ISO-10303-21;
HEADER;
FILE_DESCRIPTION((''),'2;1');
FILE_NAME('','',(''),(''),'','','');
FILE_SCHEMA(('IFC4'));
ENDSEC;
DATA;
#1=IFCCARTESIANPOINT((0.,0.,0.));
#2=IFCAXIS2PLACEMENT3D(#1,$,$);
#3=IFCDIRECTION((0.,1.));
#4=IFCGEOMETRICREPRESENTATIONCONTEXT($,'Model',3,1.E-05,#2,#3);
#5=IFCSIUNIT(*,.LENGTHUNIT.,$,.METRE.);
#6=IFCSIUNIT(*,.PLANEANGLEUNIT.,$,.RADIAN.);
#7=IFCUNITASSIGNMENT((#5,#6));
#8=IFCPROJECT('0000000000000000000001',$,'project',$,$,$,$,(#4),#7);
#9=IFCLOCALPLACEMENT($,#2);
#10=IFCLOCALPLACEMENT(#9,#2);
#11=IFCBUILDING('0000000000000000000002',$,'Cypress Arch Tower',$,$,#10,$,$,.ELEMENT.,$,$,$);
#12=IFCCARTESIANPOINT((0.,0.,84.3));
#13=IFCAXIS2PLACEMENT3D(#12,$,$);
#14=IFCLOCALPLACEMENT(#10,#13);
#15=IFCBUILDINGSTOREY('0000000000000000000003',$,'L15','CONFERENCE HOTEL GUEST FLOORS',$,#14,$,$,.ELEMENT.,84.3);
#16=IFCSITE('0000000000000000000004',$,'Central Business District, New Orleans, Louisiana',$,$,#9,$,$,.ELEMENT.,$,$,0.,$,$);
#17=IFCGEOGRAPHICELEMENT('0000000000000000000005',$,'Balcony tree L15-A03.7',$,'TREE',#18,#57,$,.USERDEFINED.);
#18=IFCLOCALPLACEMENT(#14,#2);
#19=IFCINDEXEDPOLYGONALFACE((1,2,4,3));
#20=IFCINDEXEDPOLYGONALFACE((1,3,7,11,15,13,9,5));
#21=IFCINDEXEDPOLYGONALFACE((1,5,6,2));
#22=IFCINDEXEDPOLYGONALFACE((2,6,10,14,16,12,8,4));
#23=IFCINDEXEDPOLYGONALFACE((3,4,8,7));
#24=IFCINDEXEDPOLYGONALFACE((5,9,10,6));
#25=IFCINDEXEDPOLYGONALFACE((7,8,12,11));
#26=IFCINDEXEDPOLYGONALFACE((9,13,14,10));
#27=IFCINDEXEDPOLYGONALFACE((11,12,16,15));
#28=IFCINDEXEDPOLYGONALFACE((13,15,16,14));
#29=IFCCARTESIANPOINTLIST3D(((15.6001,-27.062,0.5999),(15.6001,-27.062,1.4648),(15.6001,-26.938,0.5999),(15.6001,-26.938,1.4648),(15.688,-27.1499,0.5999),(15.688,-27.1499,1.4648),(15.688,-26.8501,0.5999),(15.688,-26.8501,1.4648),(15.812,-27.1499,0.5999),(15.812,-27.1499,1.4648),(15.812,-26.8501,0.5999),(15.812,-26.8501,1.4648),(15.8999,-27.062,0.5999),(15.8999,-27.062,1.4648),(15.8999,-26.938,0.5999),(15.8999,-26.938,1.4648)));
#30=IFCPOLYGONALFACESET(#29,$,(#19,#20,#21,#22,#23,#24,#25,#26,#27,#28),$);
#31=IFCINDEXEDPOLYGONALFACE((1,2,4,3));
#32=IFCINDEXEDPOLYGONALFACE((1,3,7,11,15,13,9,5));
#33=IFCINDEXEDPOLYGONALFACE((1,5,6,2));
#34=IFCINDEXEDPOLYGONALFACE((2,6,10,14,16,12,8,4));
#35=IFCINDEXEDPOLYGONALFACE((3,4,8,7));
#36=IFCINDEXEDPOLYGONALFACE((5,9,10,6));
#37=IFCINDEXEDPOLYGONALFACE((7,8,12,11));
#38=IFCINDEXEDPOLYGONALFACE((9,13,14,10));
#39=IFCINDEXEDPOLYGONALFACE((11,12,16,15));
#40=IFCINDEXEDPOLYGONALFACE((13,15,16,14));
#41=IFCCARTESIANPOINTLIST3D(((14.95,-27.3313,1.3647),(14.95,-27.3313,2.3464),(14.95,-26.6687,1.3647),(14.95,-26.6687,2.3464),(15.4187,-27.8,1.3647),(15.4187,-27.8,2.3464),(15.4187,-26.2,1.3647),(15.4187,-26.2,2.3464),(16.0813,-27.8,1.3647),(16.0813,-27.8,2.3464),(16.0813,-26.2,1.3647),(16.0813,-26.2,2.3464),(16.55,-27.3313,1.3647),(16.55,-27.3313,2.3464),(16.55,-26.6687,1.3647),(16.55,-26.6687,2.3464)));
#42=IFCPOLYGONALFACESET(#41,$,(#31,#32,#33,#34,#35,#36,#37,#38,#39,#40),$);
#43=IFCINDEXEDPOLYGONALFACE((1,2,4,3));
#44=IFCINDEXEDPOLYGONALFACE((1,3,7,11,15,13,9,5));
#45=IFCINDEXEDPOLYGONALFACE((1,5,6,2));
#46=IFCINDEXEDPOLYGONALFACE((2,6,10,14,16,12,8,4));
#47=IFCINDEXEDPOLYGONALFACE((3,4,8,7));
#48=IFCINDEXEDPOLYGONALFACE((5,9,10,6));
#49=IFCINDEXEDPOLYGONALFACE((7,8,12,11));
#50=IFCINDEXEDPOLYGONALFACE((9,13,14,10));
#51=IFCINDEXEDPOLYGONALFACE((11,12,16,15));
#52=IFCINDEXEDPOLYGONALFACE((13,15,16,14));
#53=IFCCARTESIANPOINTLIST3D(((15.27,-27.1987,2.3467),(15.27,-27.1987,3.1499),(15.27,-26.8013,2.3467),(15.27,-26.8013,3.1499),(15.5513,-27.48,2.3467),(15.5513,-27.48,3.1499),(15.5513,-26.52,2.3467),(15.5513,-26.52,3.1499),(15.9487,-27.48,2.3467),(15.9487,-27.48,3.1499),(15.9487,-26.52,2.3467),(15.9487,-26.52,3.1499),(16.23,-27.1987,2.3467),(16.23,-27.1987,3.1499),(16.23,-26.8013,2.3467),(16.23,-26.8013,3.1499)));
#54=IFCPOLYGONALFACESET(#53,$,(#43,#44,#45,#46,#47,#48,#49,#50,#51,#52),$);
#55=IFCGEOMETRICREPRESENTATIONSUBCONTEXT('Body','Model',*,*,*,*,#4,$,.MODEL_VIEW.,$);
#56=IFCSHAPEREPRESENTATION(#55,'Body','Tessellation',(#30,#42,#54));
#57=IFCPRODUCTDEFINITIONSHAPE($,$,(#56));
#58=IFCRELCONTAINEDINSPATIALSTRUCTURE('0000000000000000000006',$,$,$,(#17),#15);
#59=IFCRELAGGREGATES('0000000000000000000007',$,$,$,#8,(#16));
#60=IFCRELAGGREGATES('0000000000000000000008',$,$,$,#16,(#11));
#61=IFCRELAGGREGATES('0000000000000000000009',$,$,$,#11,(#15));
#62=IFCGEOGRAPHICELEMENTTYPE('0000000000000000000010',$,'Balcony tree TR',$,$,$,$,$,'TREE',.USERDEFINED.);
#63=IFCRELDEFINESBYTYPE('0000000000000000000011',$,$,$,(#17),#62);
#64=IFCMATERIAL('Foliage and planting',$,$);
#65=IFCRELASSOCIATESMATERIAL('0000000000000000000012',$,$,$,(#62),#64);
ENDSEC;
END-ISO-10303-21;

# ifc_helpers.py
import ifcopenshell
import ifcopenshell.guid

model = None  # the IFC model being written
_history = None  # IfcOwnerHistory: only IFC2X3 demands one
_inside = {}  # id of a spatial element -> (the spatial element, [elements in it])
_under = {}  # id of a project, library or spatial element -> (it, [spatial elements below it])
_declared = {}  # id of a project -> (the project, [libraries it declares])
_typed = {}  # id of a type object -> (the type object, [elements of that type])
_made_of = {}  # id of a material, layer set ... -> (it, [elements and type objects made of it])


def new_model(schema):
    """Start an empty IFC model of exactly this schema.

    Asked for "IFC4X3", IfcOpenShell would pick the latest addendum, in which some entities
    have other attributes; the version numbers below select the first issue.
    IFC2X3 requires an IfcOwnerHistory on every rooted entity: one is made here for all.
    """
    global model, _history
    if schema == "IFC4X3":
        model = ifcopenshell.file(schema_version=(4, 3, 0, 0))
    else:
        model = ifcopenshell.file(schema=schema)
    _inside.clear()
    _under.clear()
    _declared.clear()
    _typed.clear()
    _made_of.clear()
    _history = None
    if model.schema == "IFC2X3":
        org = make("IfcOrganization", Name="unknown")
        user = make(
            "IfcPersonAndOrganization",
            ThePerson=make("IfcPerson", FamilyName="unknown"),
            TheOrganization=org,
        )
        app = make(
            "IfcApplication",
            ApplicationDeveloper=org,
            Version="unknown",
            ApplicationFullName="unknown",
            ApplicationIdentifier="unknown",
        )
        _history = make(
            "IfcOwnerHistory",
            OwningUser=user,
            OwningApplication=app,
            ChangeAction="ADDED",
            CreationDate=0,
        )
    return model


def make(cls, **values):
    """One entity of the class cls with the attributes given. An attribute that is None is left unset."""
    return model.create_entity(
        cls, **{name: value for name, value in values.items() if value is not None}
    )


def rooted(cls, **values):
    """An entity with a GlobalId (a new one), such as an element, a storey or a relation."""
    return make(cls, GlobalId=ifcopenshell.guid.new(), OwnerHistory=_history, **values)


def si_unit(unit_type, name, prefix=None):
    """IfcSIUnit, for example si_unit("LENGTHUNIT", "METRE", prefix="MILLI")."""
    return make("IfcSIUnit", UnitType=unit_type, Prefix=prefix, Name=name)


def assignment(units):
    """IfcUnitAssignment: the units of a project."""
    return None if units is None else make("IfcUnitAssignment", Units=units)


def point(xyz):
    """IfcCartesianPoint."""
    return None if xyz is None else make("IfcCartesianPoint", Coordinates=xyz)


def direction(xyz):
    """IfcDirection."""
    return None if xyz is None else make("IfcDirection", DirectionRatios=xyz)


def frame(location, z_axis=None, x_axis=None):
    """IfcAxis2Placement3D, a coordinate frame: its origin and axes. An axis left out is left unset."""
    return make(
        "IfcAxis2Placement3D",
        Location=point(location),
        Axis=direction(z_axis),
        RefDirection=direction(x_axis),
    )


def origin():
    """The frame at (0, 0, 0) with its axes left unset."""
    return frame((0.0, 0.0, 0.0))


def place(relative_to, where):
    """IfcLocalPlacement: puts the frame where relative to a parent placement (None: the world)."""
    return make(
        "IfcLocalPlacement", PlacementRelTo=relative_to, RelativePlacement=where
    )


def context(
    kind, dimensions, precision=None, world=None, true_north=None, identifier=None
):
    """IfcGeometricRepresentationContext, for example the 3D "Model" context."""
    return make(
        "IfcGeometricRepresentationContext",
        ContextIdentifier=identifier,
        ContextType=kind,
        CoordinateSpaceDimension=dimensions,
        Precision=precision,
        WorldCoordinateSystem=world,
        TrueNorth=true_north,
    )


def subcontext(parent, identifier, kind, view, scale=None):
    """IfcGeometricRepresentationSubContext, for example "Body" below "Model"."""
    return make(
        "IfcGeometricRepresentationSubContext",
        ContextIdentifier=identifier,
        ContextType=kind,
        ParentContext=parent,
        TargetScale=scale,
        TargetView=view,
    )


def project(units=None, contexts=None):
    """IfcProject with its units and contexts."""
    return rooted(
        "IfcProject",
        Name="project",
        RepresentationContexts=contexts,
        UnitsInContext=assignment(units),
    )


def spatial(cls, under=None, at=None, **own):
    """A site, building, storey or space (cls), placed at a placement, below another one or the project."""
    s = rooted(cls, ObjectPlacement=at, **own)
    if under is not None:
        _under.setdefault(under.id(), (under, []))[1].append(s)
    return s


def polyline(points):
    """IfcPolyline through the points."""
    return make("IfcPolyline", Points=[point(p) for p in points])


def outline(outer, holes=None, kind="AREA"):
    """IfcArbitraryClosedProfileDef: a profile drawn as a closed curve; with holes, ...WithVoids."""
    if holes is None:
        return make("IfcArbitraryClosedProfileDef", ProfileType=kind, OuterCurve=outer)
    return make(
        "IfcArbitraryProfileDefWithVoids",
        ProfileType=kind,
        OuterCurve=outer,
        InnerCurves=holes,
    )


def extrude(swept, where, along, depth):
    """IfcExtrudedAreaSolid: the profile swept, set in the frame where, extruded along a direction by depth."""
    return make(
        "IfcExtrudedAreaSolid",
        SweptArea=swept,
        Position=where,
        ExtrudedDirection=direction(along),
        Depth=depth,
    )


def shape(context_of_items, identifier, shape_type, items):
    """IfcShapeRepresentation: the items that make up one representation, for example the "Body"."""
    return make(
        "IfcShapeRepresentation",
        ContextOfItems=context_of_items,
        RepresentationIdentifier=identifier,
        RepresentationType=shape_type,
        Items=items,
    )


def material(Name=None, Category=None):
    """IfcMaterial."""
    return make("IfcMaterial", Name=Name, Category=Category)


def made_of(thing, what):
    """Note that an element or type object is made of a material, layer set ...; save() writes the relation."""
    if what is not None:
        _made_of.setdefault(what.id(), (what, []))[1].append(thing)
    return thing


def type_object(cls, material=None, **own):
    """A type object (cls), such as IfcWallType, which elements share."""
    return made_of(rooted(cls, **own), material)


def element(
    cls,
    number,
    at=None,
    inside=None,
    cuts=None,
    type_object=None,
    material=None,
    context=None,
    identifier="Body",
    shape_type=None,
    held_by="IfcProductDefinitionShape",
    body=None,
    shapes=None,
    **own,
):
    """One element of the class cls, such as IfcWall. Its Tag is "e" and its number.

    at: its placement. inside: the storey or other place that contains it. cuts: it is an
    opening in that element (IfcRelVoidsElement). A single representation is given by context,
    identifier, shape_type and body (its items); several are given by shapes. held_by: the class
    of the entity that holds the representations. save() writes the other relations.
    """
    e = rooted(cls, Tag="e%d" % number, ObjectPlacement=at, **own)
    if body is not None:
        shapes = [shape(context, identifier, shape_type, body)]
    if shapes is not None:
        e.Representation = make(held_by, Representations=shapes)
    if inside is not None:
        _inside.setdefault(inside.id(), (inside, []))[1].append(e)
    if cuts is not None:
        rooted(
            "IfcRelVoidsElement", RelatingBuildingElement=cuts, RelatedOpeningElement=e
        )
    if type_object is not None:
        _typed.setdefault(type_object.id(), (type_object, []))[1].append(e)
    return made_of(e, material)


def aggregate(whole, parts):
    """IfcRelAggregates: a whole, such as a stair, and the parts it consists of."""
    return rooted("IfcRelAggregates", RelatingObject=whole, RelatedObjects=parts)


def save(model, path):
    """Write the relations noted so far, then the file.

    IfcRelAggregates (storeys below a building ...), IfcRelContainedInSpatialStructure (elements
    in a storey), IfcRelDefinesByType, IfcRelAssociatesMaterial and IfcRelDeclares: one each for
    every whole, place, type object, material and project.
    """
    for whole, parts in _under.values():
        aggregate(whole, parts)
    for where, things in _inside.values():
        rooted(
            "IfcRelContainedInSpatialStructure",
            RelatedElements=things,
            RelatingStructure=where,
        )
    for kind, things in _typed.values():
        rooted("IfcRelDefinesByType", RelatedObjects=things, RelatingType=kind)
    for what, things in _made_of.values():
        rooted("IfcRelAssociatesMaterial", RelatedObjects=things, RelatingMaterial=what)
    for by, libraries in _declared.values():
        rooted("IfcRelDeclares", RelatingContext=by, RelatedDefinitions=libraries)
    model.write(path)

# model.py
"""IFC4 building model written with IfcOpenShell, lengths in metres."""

from ifc_helpers import new_model, si_unit, direction, frame, origin, place, context, subcontext, project, spatial, polyline, outline, extrude, material, type_object, element, save


model = new_model("IFC4")

# Units and contexts
model_context = context("Model", 3, precision=1e-05, world=origin(), true_north=direction((0.0, 1.0)))
body_context = subcontext(model_context, "Body", "Model", "MODEL_VIEW")
ifc_project = project(units=[si_unit("LENGTHUNIT", "METRE"), si_unit("PLANEANGLEUNIT", "RADIAN")], contexts=[model_context])

# Site, building, storey
site_placement = place(None, origin())
site = spatial("IfcSite", under=ifc_project, at=site_placement, Name="Central Business District, New Orleans, Louisiana", CompositionType="ELEMENT", RefElevation=0.0)
building_placement = place(site_placement, origin())
building = spatial("IfcBuilding", under=site, at=building_placement, Name="Cypress Arch Tower", CompositionType="ELEMENT")
storey_placement = place(building_placement, frame((0.0, 0.0, 84.3)))
storey = spatial("IfcBuildingStorey", under=building, at=storey_placement, Name="L15", Description="CONFERENCE HOTEL GUEST FLOORS", CompositionType="ELEMENT", Elevation=84.3)

# Geographic element
ifc_material_1 = material(Name="Foliage and planting")
geographic_element_type = type_object("IfcGeographicElementType", Name="Balcony tree TR", ElementType="TREE", PredefinedType="USERDEFINED", material=ifc_material_1)
geographic_element_placement = place(storey_placement, frame((15.75, -27.0, 0.5999), z_axis=(0.0, 0.0, 1.0), x_axis=(1.0, 0.0, 0.0)))
element("IfcGeographicElement", 1, at=geographic_element_placement, inside=storey, type_object=geographic_element_type, Name="Balcony tree L15-A03.7", ObjectType="TREE", PredefinedType="USERDEFINED", context=body_context, shape_type="SweptSolid", body=[
    extrude(outline(polyline([(0.1499, 0.062), (0.062, 0.1499), (-0.062, 0.1499), (-0.1499, 0.062), (-0.1499, -0.062), (-0.062, -0.1499), (0.062, -0.1499), (0.1499, -0.062), (0.1499, 0.062)])), origin(), (0.0, 0.0, 1.0), 0.865),
    extrude(outline(polyline([(0.8, 0.3313), (0.3313, 0.8), (-0.3313, 0.8), (-0.8, 0.3313), (-0.8, -0.3313), (-0.3313, -0.8), (0.3313, -0.8), (0.8, -0.3313), (0.8, 0.3313)])), frame((0.0, 0.0, 0.7649)), (0.0, 0.0, 1.0), 0.9817),
    extrude(outline(polyline([(0.48, 0.1987), (0.1987, 0.48), (-0.1987, 0.48), (-0.48, 0.1987), (-0.48, -0.1987), (-0.1987, -0.48), (0.1987, -0.48), (0.48, -0.1987), (0.48, 0.1987)])), frame((0.0, 0.0, 1.7468)), (0.0, 0.0, 1.0), 0.8032),
])

save(model, "model.ifc")
